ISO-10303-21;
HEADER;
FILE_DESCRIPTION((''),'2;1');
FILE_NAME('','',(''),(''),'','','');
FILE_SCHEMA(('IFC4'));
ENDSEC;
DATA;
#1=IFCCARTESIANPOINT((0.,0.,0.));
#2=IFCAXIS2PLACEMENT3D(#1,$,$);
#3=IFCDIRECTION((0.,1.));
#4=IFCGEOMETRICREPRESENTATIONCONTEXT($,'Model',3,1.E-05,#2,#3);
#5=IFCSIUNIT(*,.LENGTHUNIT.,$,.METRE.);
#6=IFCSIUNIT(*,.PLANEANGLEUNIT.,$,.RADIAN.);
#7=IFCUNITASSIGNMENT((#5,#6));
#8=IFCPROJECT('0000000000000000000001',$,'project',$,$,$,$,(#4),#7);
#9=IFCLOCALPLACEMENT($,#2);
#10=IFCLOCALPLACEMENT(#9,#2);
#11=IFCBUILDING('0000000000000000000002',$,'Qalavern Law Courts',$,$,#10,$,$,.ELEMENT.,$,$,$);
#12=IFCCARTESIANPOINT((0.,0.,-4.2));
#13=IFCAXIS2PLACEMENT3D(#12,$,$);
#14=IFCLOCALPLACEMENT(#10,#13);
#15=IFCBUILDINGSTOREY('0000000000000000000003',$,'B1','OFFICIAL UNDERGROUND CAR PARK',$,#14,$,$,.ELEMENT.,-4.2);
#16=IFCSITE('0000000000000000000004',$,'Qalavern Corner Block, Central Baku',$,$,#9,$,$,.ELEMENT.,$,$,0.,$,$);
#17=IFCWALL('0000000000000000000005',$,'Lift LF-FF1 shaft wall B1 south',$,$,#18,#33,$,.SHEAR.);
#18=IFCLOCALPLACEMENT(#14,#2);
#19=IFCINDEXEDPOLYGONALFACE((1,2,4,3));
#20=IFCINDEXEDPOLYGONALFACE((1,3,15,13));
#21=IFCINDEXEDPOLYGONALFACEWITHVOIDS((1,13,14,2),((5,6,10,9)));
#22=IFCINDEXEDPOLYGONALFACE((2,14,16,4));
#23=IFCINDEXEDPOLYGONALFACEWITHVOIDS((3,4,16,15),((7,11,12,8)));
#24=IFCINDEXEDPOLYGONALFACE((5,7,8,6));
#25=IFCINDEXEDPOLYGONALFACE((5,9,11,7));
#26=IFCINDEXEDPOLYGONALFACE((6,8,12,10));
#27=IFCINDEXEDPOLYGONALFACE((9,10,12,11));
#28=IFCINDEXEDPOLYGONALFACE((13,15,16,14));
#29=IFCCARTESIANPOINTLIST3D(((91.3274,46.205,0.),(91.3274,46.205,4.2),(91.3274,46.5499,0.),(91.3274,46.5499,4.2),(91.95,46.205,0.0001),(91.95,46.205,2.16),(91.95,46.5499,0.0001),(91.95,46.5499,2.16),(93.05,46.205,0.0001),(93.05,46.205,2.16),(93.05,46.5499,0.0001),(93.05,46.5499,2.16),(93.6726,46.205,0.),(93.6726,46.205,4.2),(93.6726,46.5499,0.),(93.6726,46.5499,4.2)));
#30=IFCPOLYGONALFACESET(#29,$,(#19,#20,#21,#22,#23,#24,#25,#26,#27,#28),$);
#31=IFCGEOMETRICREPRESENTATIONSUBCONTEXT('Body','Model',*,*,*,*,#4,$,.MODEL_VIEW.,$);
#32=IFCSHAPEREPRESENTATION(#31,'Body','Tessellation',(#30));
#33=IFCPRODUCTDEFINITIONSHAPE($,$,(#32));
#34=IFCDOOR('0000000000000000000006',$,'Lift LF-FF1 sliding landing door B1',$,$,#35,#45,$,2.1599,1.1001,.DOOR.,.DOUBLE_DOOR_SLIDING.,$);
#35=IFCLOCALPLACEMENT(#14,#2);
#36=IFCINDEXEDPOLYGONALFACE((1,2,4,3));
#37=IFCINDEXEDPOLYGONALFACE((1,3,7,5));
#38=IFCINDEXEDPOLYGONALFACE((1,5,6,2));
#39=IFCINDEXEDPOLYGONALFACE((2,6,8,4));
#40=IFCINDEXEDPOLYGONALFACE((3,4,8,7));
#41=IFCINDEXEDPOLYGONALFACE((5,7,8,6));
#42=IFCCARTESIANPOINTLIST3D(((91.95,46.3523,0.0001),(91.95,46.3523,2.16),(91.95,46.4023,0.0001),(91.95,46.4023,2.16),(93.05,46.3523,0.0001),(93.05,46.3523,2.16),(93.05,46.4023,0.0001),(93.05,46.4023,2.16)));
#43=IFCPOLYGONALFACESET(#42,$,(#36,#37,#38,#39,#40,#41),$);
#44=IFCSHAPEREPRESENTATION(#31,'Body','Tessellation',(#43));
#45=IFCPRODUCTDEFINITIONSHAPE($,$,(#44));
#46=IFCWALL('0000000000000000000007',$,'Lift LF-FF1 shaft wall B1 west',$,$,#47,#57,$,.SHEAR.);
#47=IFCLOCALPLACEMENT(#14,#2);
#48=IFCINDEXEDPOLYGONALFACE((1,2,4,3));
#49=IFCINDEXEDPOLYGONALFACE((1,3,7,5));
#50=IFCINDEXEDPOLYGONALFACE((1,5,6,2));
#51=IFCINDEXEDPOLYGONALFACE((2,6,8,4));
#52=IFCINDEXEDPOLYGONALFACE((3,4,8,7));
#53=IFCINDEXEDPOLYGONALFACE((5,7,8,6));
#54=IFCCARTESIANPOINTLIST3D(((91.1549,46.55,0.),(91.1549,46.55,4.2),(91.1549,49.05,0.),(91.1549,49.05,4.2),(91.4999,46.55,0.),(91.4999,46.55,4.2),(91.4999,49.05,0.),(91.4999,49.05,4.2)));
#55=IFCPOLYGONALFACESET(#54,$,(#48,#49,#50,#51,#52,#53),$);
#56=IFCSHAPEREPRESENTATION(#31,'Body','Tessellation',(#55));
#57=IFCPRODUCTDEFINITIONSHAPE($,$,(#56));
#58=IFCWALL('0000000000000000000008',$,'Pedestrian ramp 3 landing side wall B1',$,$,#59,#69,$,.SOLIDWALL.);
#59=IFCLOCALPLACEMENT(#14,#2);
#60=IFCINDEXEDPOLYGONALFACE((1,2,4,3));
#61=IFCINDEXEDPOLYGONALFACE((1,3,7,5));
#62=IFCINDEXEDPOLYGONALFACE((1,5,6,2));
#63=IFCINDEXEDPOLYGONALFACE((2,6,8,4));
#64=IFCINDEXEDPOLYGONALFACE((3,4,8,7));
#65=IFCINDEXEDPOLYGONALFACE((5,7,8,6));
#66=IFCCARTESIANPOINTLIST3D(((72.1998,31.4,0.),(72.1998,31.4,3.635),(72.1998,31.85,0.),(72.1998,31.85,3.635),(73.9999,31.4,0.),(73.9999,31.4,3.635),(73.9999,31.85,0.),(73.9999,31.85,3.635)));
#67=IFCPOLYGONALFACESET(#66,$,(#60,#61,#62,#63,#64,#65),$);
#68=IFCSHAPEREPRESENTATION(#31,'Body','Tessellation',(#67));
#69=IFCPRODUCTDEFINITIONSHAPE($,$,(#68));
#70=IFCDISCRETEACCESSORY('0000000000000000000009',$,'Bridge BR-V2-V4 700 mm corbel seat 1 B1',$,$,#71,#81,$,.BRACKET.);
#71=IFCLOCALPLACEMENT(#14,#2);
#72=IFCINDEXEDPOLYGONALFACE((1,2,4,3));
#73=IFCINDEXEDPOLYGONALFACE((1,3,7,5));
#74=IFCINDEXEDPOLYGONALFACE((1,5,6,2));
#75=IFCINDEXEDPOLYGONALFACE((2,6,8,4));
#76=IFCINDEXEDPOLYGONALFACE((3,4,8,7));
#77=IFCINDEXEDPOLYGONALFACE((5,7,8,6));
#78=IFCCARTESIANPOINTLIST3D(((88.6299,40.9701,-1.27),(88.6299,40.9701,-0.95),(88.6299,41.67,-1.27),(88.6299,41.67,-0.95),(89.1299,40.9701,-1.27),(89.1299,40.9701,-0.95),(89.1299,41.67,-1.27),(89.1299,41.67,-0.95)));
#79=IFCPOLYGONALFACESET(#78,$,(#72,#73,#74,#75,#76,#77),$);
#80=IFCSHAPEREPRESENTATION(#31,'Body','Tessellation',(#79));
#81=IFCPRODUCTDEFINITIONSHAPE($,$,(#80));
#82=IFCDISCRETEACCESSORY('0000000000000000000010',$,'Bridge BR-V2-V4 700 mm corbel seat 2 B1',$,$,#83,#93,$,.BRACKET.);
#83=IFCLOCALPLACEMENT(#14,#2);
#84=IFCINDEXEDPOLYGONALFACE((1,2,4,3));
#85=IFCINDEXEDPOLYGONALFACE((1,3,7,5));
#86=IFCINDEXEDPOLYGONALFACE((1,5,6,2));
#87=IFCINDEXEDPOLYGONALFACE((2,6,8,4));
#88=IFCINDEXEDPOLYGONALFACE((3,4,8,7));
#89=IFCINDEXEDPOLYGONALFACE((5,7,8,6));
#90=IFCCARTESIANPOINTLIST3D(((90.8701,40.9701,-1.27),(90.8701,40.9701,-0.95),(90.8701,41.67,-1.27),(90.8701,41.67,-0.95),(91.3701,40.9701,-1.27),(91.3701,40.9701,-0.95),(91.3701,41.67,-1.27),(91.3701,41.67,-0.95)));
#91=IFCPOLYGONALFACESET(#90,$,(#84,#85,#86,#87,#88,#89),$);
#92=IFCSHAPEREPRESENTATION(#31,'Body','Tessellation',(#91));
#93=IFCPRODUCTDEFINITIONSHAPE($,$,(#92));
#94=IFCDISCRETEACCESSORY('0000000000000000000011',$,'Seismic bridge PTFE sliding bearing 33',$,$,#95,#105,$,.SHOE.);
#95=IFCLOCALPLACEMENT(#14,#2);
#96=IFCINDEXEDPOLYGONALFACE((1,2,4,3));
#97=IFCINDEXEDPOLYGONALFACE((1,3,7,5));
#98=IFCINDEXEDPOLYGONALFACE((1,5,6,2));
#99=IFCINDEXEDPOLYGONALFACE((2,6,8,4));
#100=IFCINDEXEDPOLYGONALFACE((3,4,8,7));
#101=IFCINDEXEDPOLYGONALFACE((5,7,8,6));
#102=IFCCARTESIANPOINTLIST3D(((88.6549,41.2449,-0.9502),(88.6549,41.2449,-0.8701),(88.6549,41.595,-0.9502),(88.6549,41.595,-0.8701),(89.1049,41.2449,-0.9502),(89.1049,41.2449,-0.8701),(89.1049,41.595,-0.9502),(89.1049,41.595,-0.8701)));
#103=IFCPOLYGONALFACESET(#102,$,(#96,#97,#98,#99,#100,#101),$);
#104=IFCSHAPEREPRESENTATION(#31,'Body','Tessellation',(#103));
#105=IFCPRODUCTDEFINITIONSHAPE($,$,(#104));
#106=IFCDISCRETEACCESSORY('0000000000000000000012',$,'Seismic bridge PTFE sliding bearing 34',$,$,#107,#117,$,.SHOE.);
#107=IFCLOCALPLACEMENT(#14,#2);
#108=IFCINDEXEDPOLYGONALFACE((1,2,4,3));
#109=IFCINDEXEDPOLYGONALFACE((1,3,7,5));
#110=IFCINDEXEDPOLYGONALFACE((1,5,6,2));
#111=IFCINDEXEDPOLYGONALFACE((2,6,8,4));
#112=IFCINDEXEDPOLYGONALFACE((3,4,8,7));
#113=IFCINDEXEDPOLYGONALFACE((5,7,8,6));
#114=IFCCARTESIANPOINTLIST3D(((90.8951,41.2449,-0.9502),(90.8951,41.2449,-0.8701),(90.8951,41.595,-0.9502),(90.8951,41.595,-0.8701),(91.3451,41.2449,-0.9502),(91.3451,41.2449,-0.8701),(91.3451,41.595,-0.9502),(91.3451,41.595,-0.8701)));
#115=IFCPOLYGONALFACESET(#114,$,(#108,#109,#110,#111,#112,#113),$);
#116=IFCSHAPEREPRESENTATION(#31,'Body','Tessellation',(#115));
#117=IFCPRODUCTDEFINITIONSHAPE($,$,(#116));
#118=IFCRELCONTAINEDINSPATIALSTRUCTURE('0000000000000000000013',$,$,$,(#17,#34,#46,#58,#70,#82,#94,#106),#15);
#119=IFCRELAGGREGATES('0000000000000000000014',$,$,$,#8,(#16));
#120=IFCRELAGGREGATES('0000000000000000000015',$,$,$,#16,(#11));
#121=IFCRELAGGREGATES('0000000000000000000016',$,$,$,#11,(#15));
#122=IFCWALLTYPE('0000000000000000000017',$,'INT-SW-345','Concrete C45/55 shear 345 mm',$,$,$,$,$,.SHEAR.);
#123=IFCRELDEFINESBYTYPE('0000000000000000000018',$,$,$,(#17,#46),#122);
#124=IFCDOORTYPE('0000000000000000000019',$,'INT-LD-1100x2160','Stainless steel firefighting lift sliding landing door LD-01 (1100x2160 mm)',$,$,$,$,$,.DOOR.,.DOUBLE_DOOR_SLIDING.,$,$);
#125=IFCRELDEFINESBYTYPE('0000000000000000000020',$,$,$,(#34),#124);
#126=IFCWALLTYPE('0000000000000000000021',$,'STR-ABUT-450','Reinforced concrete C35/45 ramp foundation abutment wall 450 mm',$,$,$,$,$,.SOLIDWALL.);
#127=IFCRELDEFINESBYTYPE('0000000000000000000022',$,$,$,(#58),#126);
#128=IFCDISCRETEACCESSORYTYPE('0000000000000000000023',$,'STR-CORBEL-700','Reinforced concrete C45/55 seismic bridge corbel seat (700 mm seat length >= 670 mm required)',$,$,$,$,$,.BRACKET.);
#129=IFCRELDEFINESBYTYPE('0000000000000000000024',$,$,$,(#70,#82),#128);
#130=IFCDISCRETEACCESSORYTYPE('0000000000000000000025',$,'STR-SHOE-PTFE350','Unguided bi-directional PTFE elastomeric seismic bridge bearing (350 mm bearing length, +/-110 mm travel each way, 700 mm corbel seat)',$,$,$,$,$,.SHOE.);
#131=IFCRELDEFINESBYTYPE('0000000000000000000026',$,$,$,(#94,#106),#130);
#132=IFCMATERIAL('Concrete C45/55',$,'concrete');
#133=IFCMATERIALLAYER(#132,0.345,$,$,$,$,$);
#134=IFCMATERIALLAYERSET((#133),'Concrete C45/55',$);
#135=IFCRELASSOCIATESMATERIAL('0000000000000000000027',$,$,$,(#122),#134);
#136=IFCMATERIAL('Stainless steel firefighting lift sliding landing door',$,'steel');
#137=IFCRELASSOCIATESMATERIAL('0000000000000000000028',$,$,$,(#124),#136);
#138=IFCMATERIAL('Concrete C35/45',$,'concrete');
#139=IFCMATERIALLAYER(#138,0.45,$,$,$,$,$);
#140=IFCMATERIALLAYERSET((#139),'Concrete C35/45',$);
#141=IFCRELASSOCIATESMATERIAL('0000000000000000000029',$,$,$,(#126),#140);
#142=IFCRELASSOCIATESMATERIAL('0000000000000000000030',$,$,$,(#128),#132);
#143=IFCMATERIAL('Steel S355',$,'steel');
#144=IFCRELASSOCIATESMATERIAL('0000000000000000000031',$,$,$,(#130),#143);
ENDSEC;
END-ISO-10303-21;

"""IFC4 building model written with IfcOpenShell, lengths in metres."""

from ifc_helpers import new_model, si_unit, direction, frame, frame_2d, origin, origin_2d, place, context, subcontext, project, spatial, rectangle, extrude, material, layer, layer_set, type_object, element, fill, save


model = new_model("IFC4")

# Units and contexts
model_context = context("Model", 3, precision=1e-05, world=origin(), true_north=direction((0.0, 1.0)))
body_context = subcontext(model_context, "Body", "Model", "MODEL_VIEW")
ifc_project = project(units=[si_unit("LENGTHUNIT", "METRE"), si_unit("PLANEANGLEUNIT", "RADIAN")], contexts=[model_context])

# Site, building, storey
site_placement = place(None, origin())
site = spatial("IfcSite", under=ifc_project, at=site_placement, Name="Qalavern Corner Block, Central Baku", CompositionType="ELEMENT", RefElevation=0.0)
building_placement = place(site_placement, origin())
building = spatial("IfcBuilding", under=site, at=building_placement, Name="Qalavern Law Courts", CompositionType="ELEMENT")
storey_placement = place(building_placement, frame((0.0, 0.0, -4.2)))
storey = spatial("IfcBuildingStorey", under=building, at=storey_placement, Name="B1", Description="OFFICIAL UNDERGROUND CAR PARK", CompositionType="ELEMENT", Elevation=-4.2)

# Shared definitions
ifc_material_1 = material(Name="Steel S355", Category="steel")
ifc_material_2 = material(Name="Concrete C45/55", Category="concrete")

# Shared definitions
ifc_material_3 = material(Name="Concrete C35/45", Category="concrete")

# Wall, opening, door
ifc_layer_1 = layer(ifc_material_2, 0.345)
ifc_layer_set_1 = layer_set([ifc_layer_1], Name="Concrete C45/55")
wall_type_1 = type_object("IfcWallType", Name="INT-SW-345", Description="Concrete C45/55 shear 345 mm", PredefinedType="SHEAR", material=ifc_layer_set_1)
wall_1_placement = place(storey_placement, frame((91.3274, 46.3774, 0.0), z_axis=(0.0, 0.0, 1.0), x_axis=(1.0, 0.0, 0.0)))
wall_1 = element("IfcWall", 1, at=wall_1_placement, inside=storey, type_object=wall_type_1, Name="Lift LF-FF1 shaft wall B1 south", PredefinedType="SHEAR", context=body_context, shape_type="SweptSolid", body=[
    extrude(rectangle(XDim=2.3452, YDim=0.345, at=frame_2d((1.1726, 0.0))), origin(), (0.0, 0.0, 1.0), 4.2),
])
opening_1_placement = place(wall_1_placement, frame((0.6226, 0.0, 0.0)))
opening_1 = element("IfcOpeningElement", 2, at=opening_1_placement, cuts=wall_1, PredefinedType="OPENING", context=body_context, shape_type="SweptSolid", body=[
    extrude(rectangle(XDim=1.1001, YDim=2.1599, at=frame_2d((0.55, 1.0801))), frame((0.0, 0.1875, 0.0), z_axis=(0.0, -1.0, 0.0), x_axis=(1.0, 0.0, 0.0)), (0.0, 0.0, 1.0), 0.3748),
])
ifc_material_4 = material(Name="Stainless steel firefighting lift sliding landing door", Category="steel")
door_type_1 = type_object("IfcDoorType", Name="INT-LD-1100x2160", Description="Stainless steel firefighting lift sliding landing door LD-01 (1100x2160 mm)", OperationType="DOUBLE_DOOR_SLIDING", PredefinedType="DOOR", material=ifc_material_4)
door_1_placement = place(opening_1_placement, origin())
door_1 = element("IfcDoor", 3, at=door_1_placement, inside=storey, type_object=door_type_1, Name="Lift LF-FF1 sliding landing door B1", OperationType="DOUBLE_DOOR_SLIDING", OverallHeight=2.1599, OverallWidth=1.1001, PredefinedType="DOOR", context=body_context, shape_type="SweptSolid", body=[
    extrude(rectangle(XDim=1.1001, YDim=2.1599, at=frame_2d((0.55, 1.0801))), frame((0.0, 0.0249, 0.0), z_axis=(0.0, -1.0, 0.0), x_axis=(1.0, 0.0, 0.0)), (0.0, 0.0, 1.0), 0.05),
])
fill(opening_1, door_1)

# Walls
wall_2_placement = place(storey_placement, frame((91.3274, 49.05, 0.0), z_axis=(0.0, 0.0, 1.0), x_axis=(0.0, -1.0, 0.0)))
element("IfcWall", 4, at=wall_2_placement, inside=storey, type_object=wall_type_1, Name="Lift LF-FF1 shaft wall B1 west", PredefinedType="SHEAR", context=body_context, shape_type="SweptSolid", body=[
    extrude(rectangle(XDim=2.5, YDim=0.345, at=frame_2d((1.25, 0.0))), origin(), (0.0, 0.0, 1.0), 4.2),
])
ifc_layer_2 = layer(ifc_material_3, 0.45)
ifc_layer_set_2 = layer_set([ifc_layer_2], Name="Concrete C35/45")
wall_type_2 = type_object("IfcWallType", Name="STR-ABUT-450", Description="Reinforced concrete C35/45 ramp foundation abutment wall 450 mm", PredefinedType="SOLIDWALL", material=ifc_layer_set_2)
wall_3_placement = place(storey_placement, frame((72.2, 31.625, 0.0), z_axis=(0.0, 0.0, 1.0), x_axis=(1.0, 0.0, 0.0)))
element("IfcWall", 5, at=wall_3_placement, inside=storey, type_object=wall_type_2, Name="Pedestrian ramp 3 landing side wall B1", PredefinedType="SOLIDWALL", context=body_context, shape_type="SweptSolid", body=[
    extrude(rectangle(XDim=1.8, YDim=0.45, at=frame_2d((0.8999, 0.0))), origin(), (0.0, 0.0, 1.0), 3.635),
])

# Discrete accessories
discrete_accessory_type_1 = type_object("IfcDiscreteAccessoryType", Name="STR-CORBEL-700", Description="Reinforced concrete C45/55 seismic bridge corbel seat (700 mm seat length >= 670 mm required)", PredefinedType="BRACKET", material=ifc_material_2)
for number, where, z_axis, x_axis, name in (
    (6, (88.8799, 41.3201, -1.27), (0.0, 0.0, 1.0), (1.0, 0.0, 0.0), "Bridge BR-V2-V4 700 mm corbel seat 1 B1"),
    (7, (91.1201, 41.3201, -1.27), (0.0, 0.0, 1.0), (1.0, 0.0, 0.0), "Bridge BR-V2-V4 700 mm corbel seat 2 B1"),
):
    element("IfcDiscreteAccessory", number, at=place(storey_placement, frame(where, z_axis=z_axis, x_axis=x_axis)), inside=storey, type_object=discrete_accessory_type_1, Name=name, PredefinedType="BRACKET", context=body_context, shape_type="SweptSolid", body=[
        extrude(rectangle(XDim=0.5, YDim=0.7, at=origin_2d()), origin(), (0.0, 0.0, 1.0), 0.3201),
    ])
discrete_accessory_type_2 = type_object("IfcDiscreteAccessoryType", Name="STR-SHOE-PTFE350", Description="Unguided bi-directional PTFE elastomeric seismic bridge bearing (350 mm bearing length, +/-110 mm travel each way, 700 mm corbel seat)", PredefinedType="SHOE", material=ifc_material_1)
for number, where, z_axis, x_axis, name in (
    (8, (88.8799, 41.4199, -0.9502), (0.0, 0.0, 1.0), (1.0, 0.0, 0.0), "Seismic bridge PTFE sliding bearing 33"),
    (9, (91.1201, 41.4199, -0.9502), (0.0, 0.0, 1.0), (1.0, 0.0, 0.0), "Seismic bridge PTFE sliding bearing 34"),
):
    element("IfcDiscreteAccessory", number, at=place(storey_placement, frame(where, z_axis=z_axis, x_axis=x_axis)), inside=storey, type_object=discrete_accessory_type_2, Name=name, PredefinedType="SHOE", context=body_context, shape_type="SweptSolid", body=[
        extrude(rectangle(XDim=0.45, YDim=0.3501, at=origin_2d()), origin(), (0.0, 0.0, 1.0), 0.0801),
    ])

save(model, "model.ifc")
